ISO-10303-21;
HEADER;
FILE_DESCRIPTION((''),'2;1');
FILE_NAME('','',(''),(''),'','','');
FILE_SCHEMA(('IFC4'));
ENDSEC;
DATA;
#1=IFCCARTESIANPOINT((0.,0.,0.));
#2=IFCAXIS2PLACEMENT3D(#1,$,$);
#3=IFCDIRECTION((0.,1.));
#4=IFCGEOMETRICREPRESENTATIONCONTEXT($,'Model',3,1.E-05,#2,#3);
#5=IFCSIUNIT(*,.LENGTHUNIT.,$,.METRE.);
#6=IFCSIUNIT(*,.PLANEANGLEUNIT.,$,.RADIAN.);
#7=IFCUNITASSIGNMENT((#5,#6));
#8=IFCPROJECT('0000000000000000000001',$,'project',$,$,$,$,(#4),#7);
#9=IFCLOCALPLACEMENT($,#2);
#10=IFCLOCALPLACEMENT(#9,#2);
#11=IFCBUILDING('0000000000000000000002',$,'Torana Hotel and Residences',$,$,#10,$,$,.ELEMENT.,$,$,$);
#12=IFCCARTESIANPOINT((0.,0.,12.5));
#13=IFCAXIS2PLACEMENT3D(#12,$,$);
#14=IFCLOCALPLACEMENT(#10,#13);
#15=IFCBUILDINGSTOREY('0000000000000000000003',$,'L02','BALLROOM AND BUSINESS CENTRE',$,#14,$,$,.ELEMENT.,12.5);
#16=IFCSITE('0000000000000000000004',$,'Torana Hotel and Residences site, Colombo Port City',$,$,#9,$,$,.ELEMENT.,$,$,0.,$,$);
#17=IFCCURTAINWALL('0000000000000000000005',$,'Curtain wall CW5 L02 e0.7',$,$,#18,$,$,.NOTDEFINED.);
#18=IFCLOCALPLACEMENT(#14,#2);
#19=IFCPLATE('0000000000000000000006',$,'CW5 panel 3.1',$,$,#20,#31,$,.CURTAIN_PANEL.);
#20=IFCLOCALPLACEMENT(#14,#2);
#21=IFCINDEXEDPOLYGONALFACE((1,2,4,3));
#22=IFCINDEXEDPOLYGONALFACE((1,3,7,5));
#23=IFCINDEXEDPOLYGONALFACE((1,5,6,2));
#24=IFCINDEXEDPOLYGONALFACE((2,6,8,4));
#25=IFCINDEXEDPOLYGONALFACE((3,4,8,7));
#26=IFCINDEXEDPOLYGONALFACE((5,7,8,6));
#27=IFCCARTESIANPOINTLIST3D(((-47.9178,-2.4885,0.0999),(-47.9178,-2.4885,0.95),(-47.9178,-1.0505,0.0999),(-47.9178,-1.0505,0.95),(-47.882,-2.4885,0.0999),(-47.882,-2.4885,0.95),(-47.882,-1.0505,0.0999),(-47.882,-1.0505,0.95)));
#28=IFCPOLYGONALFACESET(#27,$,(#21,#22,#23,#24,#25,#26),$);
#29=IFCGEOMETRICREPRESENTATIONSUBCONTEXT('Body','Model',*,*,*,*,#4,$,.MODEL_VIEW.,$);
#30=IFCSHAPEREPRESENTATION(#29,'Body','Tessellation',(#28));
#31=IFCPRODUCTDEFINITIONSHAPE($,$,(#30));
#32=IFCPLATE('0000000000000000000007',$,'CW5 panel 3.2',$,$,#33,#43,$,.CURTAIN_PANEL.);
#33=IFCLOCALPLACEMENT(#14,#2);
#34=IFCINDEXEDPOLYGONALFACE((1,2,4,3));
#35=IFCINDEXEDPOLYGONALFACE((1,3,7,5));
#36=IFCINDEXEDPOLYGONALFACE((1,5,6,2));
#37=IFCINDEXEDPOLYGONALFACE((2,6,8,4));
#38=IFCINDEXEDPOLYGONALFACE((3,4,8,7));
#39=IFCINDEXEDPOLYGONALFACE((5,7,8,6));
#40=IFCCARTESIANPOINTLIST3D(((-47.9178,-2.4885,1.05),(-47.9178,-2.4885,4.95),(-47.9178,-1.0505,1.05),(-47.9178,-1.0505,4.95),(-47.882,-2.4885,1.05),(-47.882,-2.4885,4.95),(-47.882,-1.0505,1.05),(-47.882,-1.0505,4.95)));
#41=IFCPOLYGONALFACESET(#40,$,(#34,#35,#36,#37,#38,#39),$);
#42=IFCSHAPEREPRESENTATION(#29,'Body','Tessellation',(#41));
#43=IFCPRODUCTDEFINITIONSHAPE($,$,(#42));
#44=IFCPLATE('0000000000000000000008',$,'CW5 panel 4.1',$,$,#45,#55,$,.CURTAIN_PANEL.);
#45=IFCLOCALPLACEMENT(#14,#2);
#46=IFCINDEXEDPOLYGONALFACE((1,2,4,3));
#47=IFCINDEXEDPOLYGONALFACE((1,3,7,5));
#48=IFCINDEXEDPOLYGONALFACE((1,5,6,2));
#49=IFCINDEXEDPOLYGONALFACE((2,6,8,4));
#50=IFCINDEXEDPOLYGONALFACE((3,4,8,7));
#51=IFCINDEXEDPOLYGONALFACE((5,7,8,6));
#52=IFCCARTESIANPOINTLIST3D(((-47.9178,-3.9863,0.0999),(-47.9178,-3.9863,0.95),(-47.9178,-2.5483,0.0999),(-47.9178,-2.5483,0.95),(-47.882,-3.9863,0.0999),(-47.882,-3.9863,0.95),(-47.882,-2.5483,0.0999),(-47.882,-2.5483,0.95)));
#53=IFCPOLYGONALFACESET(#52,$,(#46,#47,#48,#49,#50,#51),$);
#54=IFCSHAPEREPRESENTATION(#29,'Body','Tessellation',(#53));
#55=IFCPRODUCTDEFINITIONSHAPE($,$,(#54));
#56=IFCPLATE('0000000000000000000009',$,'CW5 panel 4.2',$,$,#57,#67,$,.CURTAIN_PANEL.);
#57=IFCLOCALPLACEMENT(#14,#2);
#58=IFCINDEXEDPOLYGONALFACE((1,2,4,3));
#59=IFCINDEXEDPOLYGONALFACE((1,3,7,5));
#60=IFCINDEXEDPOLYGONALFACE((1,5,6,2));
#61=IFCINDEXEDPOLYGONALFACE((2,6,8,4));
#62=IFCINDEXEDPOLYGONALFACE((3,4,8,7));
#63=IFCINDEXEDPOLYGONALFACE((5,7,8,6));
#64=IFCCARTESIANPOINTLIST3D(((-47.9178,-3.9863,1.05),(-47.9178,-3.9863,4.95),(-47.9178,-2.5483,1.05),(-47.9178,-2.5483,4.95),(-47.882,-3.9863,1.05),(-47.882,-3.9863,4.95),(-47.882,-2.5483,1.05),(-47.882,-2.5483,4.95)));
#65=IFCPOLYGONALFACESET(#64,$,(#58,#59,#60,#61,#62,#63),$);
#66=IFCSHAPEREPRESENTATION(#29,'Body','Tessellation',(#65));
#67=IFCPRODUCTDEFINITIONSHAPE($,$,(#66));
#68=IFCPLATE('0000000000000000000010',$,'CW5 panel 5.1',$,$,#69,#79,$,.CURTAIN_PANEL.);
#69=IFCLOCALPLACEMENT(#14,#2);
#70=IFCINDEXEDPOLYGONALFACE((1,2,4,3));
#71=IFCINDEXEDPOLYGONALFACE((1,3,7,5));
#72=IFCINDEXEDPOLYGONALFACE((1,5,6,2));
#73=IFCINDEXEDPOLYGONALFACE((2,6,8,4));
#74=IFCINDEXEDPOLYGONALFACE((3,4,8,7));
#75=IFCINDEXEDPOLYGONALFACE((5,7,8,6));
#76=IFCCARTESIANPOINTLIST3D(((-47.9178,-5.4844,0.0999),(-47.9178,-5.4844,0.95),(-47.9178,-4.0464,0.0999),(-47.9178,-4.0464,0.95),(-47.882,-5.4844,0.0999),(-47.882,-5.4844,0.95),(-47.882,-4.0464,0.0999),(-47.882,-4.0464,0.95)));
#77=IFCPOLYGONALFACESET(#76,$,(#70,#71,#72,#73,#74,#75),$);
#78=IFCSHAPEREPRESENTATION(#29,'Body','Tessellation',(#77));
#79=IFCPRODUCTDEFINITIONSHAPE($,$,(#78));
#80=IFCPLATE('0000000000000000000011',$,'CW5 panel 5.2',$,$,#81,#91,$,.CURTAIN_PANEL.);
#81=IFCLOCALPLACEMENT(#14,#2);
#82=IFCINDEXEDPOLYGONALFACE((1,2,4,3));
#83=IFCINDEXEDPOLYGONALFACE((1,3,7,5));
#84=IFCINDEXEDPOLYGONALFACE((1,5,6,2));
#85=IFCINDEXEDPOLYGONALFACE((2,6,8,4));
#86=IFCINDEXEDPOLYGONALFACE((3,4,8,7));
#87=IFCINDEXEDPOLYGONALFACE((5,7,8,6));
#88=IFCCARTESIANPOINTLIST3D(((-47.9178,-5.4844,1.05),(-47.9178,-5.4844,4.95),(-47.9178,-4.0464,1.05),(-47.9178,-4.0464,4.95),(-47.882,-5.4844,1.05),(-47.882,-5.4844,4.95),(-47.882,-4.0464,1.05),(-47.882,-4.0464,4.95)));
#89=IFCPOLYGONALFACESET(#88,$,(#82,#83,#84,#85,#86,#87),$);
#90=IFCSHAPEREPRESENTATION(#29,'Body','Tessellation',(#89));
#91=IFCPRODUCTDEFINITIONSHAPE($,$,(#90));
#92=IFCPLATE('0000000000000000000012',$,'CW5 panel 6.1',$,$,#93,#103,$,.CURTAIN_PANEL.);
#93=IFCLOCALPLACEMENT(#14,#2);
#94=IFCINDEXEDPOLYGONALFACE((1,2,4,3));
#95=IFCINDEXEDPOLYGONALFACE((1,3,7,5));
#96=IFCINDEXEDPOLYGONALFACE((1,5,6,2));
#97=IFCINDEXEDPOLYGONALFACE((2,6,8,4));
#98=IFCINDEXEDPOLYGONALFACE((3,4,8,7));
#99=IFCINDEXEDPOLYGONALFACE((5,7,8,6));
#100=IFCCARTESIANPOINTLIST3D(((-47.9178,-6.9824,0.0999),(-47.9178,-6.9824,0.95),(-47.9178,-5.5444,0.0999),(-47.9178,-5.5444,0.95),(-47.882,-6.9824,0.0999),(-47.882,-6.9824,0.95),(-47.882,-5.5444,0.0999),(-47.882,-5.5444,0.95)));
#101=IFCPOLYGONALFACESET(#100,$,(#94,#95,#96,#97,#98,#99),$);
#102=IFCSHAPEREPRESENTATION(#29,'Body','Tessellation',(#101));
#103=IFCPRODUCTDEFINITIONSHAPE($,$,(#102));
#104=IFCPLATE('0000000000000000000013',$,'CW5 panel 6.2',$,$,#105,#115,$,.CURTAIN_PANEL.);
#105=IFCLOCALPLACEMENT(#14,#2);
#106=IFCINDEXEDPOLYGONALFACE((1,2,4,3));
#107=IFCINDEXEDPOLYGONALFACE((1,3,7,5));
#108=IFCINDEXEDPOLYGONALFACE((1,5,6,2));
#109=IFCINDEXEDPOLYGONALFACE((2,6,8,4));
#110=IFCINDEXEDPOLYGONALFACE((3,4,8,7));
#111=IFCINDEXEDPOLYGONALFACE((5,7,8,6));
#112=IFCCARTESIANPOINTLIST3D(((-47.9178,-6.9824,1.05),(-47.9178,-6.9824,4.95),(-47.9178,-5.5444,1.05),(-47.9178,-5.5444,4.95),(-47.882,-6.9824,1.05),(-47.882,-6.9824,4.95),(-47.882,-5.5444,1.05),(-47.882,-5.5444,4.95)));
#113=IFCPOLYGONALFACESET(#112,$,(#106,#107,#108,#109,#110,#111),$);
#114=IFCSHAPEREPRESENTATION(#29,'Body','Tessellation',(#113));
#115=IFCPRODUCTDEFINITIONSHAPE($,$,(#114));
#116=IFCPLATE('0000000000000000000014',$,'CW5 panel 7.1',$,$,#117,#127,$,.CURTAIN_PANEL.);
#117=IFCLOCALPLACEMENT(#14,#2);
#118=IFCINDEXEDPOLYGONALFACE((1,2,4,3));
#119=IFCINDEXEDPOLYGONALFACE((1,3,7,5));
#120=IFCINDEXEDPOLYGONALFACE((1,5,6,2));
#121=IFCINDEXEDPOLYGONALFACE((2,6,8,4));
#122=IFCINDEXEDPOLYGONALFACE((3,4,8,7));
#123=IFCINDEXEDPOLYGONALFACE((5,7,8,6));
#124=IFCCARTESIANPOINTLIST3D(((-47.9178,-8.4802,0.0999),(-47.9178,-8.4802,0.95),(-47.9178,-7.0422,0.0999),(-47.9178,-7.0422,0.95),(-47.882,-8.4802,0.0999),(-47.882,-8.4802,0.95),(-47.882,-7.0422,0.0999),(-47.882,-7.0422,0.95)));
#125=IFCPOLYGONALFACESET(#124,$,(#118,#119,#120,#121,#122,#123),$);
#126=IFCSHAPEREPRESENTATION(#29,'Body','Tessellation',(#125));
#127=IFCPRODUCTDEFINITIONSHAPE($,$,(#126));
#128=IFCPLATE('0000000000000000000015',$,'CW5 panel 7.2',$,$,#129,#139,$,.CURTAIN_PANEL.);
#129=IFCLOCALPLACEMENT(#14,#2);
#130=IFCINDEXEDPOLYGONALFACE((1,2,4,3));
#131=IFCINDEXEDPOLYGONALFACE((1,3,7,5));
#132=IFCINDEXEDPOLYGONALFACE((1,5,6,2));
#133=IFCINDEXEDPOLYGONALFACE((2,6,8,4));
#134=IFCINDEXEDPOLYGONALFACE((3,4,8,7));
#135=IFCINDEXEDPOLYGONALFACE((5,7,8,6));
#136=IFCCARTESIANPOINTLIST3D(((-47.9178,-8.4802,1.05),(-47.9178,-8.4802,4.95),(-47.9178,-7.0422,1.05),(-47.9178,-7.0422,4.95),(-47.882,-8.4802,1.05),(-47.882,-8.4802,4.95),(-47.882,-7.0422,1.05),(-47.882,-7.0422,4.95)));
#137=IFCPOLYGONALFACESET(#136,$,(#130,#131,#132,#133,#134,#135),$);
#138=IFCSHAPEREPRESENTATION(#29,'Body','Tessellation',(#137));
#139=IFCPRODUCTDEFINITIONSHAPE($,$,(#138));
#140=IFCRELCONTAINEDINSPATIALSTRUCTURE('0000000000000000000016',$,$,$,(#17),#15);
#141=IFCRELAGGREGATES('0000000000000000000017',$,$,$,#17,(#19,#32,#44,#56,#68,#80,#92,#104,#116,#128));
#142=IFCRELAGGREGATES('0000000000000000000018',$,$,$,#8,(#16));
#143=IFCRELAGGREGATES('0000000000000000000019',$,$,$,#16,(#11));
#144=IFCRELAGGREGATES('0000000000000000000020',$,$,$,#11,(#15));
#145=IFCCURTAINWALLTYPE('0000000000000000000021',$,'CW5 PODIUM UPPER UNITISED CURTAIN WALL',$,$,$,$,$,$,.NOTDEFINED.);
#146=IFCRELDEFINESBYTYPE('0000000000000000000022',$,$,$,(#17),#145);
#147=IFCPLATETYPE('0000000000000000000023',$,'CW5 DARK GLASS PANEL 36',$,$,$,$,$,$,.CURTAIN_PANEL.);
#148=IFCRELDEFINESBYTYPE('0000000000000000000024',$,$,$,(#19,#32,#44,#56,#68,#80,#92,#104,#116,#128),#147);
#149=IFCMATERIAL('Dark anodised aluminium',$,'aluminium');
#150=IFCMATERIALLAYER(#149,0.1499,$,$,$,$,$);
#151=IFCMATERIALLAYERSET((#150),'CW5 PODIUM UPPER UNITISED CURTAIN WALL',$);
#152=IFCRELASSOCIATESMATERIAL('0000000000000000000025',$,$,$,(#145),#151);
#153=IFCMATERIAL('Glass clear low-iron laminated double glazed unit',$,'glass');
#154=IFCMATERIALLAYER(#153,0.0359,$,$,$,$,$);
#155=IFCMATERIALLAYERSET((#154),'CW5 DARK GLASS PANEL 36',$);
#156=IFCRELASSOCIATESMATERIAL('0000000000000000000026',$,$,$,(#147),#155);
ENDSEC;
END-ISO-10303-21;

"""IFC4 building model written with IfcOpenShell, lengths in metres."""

from ifc_helpers import new_model, si_unit, direction, frame, origin, origin_2d, place, context, subcontext, project, spatial, rectangle, extrude, material, layer, layer_set, type_object, element, aggregate, save


model = new_model("IFC4")

# Units and contexts
model_context = context("Model", 3, precision=1e-05, world=origin(), true_north=direction((0.0, 1.0)))
body_context = subcontext(model_context, "Body", "Model", "MODEL_VIEW")
ifc_project = project(units=[si_unit("LENGTHUNIT", "METRE"), si_unit("PLANEANGLEUNIT", "RADIAN")], contexts=[model_context])

# Site, building, storey
site_placement = place(None, origin())
site = spatial("IfcSite", under=ifc_project, at=site_placement, Name="Torana Hotel and Residences site, Colombo Port City", CompositionType="ELEMENT", RefElevation=0.0)
building_placement = place(site_placement, origin())
building = spatial("IfcBuilding", under=site, at=building_placement, Name="Torana Hotel and Residences", CompositionType="ELEMENT")
storey_placement = place(building_placement, frame((0.0, 0.0, 12.5)))
storey = spatial("IfcBuildingStorey", under=building, at=storey_placement, Name="L02", Description="BALLROOM AND BUSINESS CENTRE", CompositionType="ELEMENT", Elevation=12.5)

# Curtain wall, plates
ifc_material_1 = material(Name="Dark anodised aluminium", Category="aluminium")
ifc_layer_1 = layer(ifc_material_1, 0.1499)
ifc_layer_set_1 = layer_set([ifc_layer_1], Name="CW5 PODIUM UPPER UNITISED CURTAIN WALL")
curtain_wall_type = type_object("IfcCurtainWallType", Name="CW5 PODIUM UPPER UNITISED CURTAIN WALL", PredefinedType="NOTDEFINED", material=ifc_layer_set_1)
curtain_wall_placement = place(storey_placement, origin())
curtain_wall = element("IfcCurtainWall", 1, at=curtain_wall_placement, inside=storey, type_object=curtain_wall_type, Name="Curtain wall CW5 L02 e0.7", PredefinedType="NOTDEFINED")
ifc_material_2 = material(Name="Glass clear low-iron laminated double glazed unit", Category="glass")
ifc_layer_2 = layer(ifc_material_2, 0.0359)
ifc_layer_set_2 = layer_set([ifc_layer_2], Name="CW5 DARK GLASS PANEL 36")
plate_type = type_object("IfcPlateType", Name="CW5 DARK GLASS PANEL 36", PredefinedType="CURTAIN_PANEL", material=ifc_layer_set_2)
plate_1_placement = place(storey_placement, frame((-47.8999, -1.7695, 0.0999), z_axis=(0.0, 0.0, 1.0), x_axis=(0.0, -1.0, 0.0)))
plate_1 = element("IfcPlate", 2, at=plate_1_placement, type_object=plate_type, Name="CW5 panel 3.1", PredefinedType="CURTAIN_PANEL", context=body_context, shape_type="SweptSolid", body=[
    extrude(rectangle(XDim=1.438, YDim=0.0359, at=origin_2d()), origin(), (0.0, 0.0, 1.0), 0.8501),
])
plate_2_placement = place(storey_placement, frame((-47.8999, -1.7695, 1.05), z_axis=(0.0, 0.0, 1.0), x_axis=(0.0, -1.0, 0.0)))
plate_2 = element("IfcPlate", 3, at=plate_2_placement, type_object=plate_type, Name="CW5 panel 3.2", PredefinedType="CURTAIN_PANEL", context=body_context, shape_type="SweptSolid", body=[
    extrude(rectangle(XDim=1.438, YDim=0.0359, at=origin_2d()), origin(), (0.0, 0.0, 1.0), 3.8999),
])
plate_3_placement = place(storey_placement, frame((-47.8999, -3.2673, 0.0999), z_axis=(0.0, 0.0, 1.0), x_axis=(0.0, -1.0, 0.0)))
plate_3 = element("IfcPlate", 4, at=plate_3_placement, type_object=plate_type, Name="CW5 panel 4.1", PredefinedType="CURTAIN_PANEL", context=body_context, shape_type="SweptSolid", body=[
    extrude(rectangle(XDim=1.438, YDim=0.0359, at=origin_2d()), origin(), (0.0, 0.0, 1.0), 0.8501),
])
plate_4_placement = place(storey_placement, frame((-47.8999, -3.2673, 1.05), z_axis=(0.0, 0.0, 1.0), x_axis=(0.0, -1.0, 0.0)))
plate_4 = element("IfcPlate", 5, at=plate_4_placement, type_object=plate_type, Name="CW5 panel 4.2", PredefinedType="CURTAIN_PANEL", context=body_context, shape_type="SweptSolid", body=[
    extrude(rectangle(XDim=1.438, YDim=0.0359, at=origin_2d()), origin(), (0.0, 0.0, 1.0), 3.8999),
])
plate_5_placement = place(storey_placement, frame((-47.8999, -4.7654, 0.0999), z_axis=(0.0, 0.0, 1.0), x_axis=(0.0, -1.0, 0.0)))
plate_5 = element("IfcPlate", 6, at=plate_5_placement, type_object=plate_type, Name="CW5 panel 5.1", PredefinedType="CURTAIN_PANEL", context=body_context, shape_type="SweptSolid", body=[
    extrude(rectangle(XDim=1.438, YDim=0.0359, at=origin_2d()), origin(), (0.0, 0.0, 1.0), 0.8501),
])
plate_6_placement = place(storey_placement, frame((-47.8999, -4.7654, 1.05), z_axis=(0.0, 0.0, 1.0), x_axis=(0.0, -1.0, 0.0)))
plate_6 = element("IfcPlate", 7, at=plate_6_placement, type_object=plate_type, Name="CW5 panel 5.2", PredefinedType="CURTAIN_PANEL", context=body_context, shape_type="SweptSolid", body=[
    extrude(rectangle(XDim=1.438, YDim=0.0359, at=origin_2d()), origin(), (0.0, 0.0, 1.0), 3.8999),
])
plate_7_placement = place(storey_placement, frame((-47.8999, -6.2634, 0.0999), z_axis=(0.0, 0.0, 1.0), x_axis=(0.0, -1.0, 0.0)))
plate_7 = element("IfcPlate", 8, at=plate_7_placement, type_object=plate_type, Name="CW5 panel 6.1", PredefinedType="CURTAIN_PANEL", context=body_context, shape_type="SweptSolid", body=[
    extrude(rectangle(XDim=1.438, YDim=0.0359, at=origin_2d()), origin(), (0.0, 0.0, 1.0), 0.8501),
])
plate_8_placement = place(storey_placement, frame((-47.8999, -6.2634, 1.05), z_axis=(0.0, 0.0, 1.0), x_axis=(0.0, -1.0, 0.0)))
plate_8 = element("IfcPlate", 9, at=plate_8_placement, type_object=plate_type, Name="CW5 panel 6.2", PredefinedType="CURTAIN_PANEL", context=body_context, shape_type="SweptSolid", body=[
    extrude(rectangle(XDim=1.438, YDim=0.0359, at=origin_2d()), origin(), (0.0, 0.0, 1.0), 3.8999),
])
plate_9_placement = place(storey_placement, frame((-47.8999, -7.7612, 0.0999), z_axis=(0.0, 0.0, 1.0), x_axis=(0.0, -1.0, 0.0)))
plate_9 = element("IfcPlate", 10, at=plate_9_placement, type_object=plate_type, Name="CW5 panel 7.1", PredefinedType="CURTAIN_PANEL", context=body_context, shape_type="SweptSolid", body=[
    extrude(rectangle(XDim=1.438, YDim=0.0359, at=origin_2d()), origin(), (0.0, 0.0, 1.0), 0.8501),
])
plate_10_placement = place(storey_placement, frame((-47.8999, -7.7612, 1.05), z_axis=(0.0, 0.0, 1.0), x_axis=(0.0, -1.0, 0.0)))
plate_10 = element("IfcPlate", 11, at=plate_10_placement, type_object=plate_type, Name="CW5 panel 7.2", PredefinedType="CURTAIN_PANEL", context=body_context, shape_type="SweptSolid", body=[
    extrude(rectangle(XDim=1.438, YDim=0.0359, at=origin_2d()), origin(), (0.0, 0.0, 1.0), 3.8999),
])
aggregate(curtain_wall, [plate_1, plate_2, plate_3, plate_4, plate_5, plate_6, plate_7, plate_8, plate_9, plate_10])

save(model, "model.ifc")
